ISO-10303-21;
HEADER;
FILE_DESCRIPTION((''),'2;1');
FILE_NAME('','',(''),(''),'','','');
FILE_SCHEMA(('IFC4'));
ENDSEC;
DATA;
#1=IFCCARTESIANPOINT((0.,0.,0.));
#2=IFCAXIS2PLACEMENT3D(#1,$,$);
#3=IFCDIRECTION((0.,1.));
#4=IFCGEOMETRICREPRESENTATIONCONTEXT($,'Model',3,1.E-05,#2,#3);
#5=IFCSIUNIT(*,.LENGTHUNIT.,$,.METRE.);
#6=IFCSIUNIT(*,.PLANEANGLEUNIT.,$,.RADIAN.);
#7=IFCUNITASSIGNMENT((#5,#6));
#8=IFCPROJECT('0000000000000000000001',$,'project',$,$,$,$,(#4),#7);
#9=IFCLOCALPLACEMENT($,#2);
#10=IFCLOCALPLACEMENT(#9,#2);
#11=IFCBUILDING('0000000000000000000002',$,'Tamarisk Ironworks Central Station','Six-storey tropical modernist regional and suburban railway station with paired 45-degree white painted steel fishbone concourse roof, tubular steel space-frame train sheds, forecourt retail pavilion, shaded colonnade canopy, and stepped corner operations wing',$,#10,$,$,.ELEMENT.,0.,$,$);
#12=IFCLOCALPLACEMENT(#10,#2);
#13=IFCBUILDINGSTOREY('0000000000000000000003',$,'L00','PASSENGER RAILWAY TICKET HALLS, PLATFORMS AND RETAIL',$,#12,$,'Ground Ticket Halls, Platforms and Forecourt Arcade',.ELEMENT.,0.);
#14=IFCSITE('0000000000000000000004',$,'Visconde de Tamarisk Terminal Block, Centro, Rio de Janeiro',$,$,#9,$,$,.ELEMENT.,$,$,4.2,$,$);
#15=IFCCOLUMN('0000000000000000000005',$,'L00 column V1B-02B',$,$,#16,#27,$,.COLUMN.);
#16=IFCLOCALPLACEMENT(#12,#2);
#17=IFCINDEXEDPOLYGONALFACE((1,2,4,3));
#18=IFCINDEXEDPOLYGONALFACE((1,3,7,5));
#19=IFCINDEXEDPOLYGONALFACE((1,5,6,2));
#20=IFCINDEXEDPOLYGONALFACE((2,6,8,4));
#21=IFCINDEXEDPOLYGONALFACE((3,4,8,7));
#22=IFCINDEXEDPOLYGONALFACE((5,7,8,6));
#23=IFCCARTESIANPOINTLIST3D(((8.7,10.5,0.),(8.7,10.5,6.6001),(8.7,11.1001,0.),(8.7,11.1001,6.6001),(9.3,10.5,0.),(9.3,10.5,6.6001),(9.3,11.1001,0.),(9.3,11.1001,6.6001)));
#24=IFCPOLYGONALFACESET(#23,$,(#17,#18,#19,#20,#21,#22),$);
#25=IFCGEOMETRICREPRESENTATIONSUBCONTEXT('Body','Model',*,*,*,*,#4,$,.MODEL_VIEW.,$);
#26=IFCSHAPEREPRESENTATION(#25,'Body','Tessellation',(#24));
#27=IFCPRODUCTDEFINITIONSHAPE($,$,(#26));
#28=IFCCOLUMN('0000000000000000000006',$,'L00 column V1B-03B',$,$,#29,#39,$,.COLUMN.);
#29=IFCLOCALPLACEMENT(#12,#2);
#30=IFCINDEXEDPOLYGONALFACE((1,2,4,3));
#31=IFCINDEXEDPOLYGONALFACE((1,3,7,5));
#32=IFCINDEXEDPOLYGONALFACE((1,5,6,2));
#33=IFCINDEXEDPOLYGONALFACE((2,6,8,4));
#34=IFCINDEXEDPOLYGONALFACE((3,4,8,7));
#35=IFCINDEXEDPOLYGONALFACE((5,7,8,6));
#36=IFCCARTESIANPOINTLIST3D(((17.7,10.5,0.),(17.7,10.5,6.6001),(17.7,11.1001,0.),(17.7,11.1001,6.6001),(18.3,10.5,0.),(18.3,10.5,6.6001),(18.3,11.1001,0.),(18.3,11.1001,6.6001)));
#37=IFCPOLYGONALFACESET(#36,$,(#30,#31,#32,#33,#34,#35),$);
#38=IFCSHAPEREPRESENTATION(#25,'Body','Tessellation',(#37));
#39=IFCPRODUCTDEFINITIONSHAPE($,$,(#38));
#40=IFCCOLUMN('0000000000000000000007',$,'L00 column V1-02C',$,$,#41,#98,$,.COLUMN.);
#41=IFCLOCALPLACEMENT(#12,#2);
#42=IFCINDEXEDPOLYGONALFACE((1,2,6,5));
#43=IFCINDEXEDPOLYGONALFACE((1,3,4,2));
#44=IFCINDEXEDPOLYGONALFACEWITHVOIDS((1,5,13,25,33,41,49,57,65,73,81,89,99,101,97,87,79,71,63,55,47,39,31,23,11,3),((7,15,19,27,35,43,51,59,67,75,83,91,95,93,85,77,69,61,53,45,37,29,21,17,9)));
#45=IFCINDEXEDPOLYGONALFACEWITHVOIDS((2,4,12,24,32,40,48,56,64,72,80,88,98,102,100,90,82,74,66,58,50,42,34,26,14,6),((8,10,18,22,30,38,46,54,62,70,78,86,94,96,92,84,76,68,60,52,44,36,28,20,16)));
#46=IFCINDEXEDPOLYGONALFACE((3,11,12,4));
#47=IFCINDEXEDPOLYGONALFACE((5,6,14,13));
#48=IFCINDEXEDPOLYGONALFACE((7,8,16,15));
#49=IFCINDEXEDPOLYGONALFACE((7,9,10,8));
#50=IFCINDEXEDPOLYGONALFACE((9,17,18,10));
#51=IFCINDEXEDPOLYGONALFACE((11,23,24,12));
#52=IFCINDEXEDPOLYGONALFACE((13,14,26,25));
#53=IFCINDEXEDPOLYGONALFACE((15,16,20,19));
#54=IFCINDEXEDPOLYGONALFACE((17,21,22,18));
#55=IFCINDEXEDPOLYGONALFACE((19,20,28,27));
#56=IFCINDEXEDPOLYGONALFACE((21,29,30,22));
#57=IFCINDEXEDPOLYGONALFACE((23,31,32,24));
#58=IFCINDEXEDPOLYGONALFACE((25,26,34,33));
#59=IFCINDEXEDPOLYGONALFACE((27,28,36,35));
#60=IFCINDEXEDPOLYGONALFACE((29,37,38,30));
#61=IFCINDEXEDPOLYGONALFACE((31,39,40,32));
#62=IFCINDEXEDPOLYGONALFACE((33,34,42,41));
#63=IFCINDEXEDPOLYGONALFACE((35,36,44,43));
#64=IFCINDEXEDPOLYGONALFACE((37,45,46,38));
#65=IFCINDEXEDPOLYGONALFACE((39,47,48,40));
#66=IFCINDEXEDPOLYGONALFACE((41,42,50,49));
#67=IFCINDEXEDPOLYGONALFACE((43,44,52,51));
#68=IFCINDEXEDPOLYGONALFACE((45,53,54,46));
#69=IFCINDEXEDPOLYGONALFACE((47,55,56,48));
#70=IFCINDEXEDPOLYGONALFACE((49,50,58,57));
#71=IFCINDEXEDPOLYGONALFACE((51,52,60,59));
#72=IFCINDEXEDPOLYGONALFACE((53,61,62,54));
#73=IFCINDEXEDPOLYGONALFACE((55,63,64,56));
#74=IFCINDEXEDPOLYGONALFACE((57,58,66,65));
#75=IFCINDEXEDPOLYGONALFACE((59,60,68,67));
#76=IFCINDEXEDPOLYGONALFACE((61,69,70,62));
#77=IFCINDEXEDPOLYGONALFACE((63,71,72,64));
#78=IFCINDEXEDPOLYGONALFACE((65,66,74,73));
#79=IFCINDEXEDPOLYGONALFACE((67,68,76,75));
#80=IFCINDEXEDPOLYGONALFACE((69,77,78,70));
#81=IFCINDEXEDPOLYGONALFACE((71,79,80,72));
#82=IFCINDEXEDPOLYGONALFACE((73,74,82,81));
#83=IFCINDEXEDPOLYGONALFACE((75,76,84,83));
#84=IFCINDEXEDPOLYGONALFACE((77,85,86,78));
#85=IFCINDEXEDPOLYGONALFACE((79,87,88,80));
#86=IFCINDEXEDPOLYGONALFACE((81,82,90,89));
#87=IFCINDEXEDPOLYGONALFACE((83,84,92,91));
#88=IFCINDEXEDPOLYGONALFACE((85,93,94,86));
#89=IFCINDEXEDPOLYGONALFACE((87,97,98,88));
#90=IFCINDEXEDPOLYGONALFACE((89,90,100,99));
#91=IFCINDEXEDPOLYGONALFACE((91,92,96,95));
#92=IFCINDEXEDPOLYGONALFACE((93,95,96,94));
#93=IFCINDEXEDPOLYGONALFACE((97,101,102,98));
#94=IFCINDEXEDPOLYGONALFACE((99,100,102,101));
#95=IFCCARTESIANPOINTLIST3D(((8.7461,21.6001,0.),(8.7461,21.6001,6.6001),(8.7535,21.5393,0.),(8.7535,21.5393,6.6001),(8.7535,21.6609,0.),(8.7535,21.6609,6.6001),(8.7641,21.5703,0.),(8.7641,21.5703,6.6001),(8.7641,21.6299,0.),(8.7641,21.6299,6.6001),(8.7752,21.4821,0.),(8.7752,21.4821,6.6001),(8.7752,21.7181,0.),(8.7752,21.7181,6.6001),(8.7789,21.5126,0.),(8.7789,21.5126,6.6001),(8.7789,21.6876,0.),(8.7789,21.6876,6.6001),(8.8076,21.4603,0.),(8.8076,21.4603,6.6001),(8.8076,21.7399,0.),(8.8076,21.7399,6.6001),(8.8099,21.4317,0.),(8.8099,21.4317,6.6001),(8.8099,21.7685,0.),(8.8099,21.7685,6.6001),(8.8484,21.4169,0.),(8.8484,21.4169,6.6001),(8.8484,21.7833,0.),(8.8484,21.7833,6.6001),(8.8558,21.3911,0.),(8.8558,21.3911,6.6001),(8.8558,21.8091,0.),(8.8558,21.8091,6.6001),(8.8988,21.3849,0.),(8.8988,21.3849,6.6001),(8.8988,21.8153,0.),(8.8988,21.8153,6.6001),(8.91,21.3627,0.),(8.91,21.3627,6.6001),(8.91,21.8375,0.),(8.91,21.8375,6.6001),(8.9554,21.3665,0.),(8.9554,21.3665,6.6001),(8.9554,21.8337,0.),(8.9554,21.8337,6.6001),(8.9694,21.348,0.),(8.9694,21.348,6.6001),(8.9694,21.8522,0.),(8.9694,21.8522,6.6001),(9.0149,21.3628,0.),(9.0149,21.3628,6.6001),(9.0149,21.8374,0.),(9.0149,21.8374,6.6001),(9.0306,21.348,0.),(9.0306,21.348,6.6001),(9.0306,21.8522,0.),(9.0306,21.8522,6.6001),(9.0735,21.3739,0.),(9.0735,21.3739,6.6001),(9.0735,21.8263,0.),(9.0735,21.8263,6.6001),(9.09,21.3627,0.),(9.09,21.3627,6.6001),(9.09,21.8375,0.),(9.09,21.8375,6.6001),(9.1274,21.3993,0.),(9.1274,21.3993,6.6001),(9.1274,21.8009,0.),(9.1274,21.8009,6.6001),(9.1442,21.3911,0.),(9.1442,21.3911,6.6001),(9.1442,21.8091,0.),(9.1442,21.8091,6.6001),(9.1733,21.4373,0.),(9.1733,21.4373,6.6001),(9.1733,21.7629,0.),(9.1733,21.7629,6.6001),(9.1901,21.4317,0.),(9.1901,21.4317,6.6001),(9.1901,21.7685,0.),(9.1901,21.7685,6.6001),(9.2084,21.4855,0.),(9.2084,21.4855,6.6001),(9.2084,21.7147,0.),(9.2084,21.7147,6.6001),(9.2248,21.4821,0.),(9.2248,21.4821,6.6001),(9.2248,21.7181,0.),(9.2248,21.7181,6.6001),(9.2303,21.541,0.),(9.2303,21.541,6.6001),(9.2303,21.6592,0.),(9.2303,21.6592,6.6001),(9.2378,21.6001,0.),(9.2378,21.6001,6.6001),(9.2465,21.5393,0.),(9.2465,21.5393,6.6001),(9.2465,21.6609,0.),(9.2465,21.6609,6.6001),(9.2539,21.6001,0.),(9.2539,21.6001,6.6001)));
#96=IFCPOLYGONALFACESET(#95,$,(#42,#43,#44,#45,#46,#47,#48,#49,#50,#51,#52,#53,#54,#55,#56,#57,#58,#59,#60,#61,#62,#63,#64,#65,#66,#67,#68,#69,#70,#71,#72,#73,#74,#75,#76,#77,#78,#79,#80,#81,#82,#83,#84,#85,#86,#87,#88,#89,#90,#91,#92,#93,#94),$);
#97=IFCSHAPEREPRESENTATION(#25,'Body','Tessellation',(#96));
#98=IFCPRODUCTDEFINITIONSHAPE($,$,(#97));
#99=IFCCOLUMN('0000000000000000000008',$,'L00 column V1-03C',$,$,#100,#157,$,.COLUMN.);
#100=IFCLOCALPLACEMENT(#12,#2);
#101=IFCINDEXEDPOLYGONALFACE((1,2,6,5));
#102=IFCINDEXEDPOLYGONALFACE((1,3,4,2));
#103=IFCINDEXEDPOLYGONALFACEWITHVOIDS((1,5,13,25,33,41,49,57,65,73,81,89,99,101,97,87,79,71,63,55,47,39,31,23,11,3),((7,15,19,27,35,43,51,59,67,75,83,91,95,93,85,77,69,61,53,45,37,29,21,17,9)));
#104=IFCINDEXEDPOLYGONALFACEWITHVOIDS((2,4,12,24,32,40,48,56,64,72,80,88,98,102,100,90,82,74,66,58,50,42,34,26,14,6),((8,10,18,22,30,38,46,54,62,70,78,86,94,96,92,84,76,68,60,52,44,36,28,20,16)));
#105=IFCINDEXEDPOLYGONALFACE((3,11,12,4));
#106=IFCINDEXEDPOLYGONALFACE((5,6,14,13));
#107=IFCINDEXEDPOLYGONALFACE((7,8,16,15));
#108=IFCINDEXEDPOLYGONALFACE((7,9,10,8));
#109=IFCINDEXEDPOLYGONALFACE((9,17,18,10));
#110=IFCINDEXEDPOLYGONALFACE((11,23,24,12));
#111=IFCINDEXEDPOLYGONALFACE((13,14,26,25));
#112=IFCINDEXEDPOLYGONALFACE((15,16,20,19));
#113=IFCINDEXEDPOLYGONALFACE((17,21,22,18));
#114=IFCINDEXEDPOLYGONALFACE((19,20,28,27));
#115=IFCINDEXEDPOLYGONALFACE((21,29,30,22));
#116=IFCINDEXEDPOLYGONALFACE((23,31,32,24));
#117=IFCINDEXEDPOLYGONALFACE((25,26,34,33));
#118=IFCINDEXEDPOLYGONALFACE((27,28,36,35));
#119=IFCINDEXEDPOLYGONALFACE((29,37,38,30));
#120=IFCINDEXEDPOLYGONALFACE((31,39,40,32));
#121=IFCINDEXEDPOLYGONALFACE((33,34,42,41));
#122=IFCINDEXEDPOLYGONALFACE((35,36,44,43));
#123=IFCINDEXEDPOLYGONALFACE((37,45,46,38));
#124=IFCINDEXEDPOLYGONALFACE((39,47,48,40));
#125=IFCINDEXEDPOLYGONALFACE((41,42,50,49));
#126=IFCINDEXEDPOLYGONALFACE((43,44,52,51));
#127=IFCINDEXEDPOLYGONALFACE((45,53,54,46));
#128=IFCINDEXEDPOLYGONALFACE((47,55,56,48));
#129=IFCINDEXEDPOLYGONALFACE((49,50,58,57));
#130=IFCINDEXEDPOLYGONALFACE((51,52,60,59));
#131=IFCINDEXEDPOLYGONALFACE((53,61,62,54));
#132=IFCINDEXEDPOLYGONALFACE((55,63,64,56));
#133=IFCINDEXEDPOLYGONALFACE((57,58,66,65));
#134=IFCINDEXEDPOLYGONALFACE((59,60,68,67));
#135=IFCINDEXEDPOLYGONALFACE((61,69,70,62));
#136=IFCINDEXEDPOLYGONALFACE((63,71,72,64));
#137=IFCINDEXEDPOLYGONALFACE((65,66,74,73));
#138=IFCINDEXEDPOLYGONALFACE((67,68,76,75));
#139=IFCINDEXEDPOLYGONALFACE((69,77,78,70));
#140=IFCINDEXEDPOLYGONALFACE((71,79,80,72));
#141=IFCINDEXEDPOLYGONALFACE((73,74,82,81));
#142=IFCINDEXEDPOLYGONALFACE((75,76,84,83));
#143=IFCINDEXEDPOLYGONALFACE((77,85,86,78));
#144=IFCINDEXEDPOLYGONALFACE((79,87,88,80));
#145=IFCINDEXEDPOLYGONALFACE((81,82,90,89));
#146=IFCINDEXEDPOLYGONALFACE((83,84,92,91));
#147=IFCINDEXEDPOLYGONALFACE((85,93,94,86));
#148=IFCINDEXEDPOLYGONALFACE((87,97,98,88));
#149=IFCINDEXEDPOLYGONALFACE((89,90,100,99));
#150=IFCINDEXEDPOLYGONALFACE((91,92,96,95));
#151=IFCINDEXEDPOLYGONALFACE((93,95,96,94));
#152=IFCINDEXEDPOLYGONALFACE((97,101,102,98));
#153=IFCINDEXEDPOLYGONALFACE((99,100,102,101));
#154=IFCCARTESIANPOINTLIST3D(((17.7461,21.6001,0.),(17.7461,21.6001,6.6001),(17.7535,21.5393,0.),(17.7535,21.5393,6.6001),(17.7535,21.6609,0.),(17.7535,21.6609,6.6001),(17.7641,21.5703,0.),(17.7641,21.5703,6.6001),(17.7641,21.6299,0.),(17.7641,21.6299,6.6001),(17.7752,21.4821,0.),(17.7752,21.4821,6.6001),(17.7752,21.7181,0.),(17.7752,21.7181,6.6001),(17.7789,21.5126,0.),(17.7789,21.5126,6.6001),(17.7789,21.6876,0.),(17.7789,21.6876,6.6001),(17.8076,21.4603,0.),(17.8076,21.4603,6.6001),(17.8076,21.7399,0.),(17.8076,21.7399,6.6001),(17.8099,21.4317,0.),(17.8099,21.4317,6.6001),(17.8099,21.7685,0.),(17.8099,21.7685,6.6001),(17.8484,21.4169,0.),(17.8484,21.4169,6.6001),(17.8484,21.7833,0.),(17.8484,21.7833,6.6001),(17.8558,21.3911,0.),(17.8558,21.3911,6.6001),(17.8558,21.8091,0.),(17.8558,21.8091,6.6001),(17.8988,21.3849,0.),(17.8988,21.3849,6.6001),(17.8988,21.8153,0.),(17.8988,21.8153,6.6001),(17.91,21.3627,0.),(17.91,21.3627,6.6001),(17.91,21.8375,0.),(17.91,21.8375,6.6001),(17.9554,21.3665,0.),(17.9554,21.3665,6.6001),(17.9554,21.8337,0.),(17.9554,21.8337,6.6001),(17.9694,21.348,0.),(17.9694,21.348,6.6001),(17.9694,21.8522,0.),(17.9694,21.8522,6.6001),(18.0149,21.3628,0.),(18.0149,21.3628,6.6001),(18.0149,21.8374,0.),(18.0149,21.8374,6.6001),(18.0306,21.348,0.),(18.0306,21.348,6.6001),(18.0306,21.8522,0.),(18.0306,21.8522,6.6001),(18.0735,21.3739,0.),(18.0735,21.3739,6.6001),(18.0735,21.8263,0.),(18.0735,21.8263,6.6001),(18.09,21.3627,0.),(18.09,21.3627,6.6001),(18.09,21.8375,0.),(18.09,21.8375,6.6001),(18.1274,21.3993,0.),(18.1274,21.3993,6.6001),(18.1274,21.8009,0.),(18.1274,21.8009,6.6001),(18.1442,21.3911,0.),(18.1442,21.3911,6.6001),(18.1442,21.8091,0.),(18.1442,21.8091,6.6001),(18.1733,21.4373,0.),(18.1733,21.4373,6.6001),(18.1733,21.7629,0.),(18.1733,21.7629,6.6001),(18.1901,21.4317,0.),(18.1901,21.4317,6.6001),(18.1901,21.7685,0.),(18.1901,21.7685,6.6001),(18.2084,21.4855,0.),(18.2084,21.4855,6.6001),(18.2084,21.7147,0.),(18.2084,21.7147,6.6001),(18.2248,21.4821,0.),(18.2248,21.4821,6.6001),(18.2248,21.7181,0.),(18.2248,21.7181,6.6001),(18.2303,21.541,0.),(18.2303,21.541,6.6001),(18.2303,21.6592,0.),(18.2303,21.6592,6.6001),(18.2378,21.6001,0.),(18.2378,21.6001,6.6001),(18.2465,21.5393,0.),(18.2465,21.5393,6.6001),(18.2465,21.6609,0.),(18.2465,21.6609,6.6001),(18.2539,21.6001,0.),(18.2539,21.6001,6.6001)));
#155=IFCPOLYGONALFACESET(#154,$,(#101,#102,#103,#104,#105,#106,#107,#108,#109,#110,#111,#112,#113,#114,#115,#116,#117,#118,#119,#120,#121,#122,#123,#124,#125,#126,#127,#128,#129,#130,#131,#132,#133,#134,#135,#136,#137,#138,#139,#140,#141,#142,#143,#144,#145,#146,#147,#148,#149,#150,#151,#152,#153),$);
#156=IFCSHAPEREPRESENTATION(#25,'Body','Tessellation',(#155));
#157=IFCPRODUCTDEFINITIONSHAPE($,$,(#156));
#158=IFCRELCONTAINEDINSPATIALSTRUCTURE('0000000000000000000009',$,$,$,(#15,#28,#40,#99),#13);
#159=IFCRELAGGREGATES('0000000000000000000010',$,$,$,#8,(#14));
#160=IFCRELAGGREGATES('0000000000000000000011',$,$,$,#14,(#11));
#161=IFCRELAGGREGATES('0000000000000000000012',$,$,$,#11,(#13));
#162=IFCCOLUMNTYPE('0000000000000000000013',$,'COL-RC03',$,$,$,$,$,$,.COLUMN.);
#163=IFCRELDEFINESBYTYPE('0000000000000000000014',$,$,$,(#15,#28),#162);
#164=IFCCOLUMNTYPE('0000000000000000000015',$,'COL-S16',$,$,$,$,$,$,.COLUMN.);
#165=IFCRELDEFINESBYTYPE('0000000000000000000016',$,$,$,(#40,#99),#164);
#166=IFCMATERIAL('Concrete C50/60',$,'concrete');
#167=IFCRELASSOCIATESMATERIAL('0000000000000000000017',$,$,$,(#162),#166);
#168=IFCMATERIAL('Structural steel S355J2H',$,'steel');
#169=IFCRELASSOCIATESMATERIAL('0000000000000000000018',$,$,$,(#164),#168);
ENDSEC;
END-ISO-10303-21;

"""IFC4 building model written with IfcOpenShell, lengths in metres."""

from ifc_helpers import new_model, si_unit, direction, frame, origin, origin_2d, place, context, subcontext, project, spatial, rectangle, hollow_circle, extrude, material, material_profile, profile_set, type_object, element, save


model = new_model("IFC4")

# Units and contexts
model_context = context("Model", 3, precision=1e-05, world=origin(), true_north=direction((0.0, 1.0)))
body_context = subcontext(model_context, "Body", "Model", "MODEL_VIEW")
ifc_project = project(units=[si_unit("LENGTHUNIT", "METRE"), si_unit("PLANEANGLEUNIT", "RADIAN")], contexts=[model_context])

# Site, building, storey
site_placement = place(None, origin())
site = spatial("IfcSite", under=ifc_project, at=site_placement, Name="Visconde de Tamarisk Terminal Block, Centro, Rio de Janeiro", CompositionType="ELEMENT", RefElevation=4.2)
building_placement = place(site_placement, origin())
building = spatial("IfcBuilding", under=site, at=building_placement, Name="Tamarisk Ironworks Central Station", Description="Six-storey tropical modernist regional and suburban railway station with paired 45-degree white painted steel fishbone concourse roof, tubular steel space-frame train sheds, forecourt retail pavilion, shaded colonnade canopy, and stepped corner operations wing", CompositionType="ELEMENT", ElevationOfRefHeight=0.0)
storey_placement = place(building_placement, origin())
storey = spatial("IfcBuildingStorey", under=building, at=storey_placement, Name="L00", Description="PASSENGER RAILWAY TICKET HALLS, PLATFORMS AND RETAIL", LongName="Ground Ticket Halls, Platforms and Forecourt Arcade", CompositionType="ELEMENT", Elevation=0.0)

# Columns
ifc_material_1 = material(Name="Concrete C50/60", Category="concrete")
ifc_material_profile_1 = material_profile(ifc_material_1, rectangle(XDim=0.6001, YDim=0.6001, at=origin_2d()), Name="RC 600x600")
ifc_profile_set_1 = profile_set([ifc_material_profile_1], Name="Concrete C50/60")
column_type_1 = type_object("IfcColumnType", Name="COL-RC03", PredefinedType="COLUMN", material=ifc_profile_set_1)
for number, where, z_axis, x_axis, name in (
    (1, (9.0, 10.8, 0.0), (0.0, 0.0, 1.0), (1.0, 0.0, 0.0), "L00 column V1B-02B"),
    (2, (18.0, 10.8, 0.0), (0.0, 0.0, 1.0), (1.0, 0.0, 0.0), "L00 column V1B-03B"),
):
    element("IfcColumn", number, at=place(storey_placement, frame(where, z_axis=z_axis, x_axis=x_axis)), inside=storey, type_object=column_type_1, Name=name, PredefinedType="COLUMN", context=body_context, shape_type="SweptSolid", body=[
        extrude(rectangle(XDim=0.6001, YDim=0.6001, at=origin_2d()), origin(), (0.0, 0.0, 1.0), 6.6001),
    ])
ifc_material_2 = material(Name="Structural steel S355J2H", Category="steel")
ifc_material_profile_2 = material_profile(ifc_material_2, hollow_circle(Radius=0.2539, WallThickness=0.0161, at=origin_2d()), Name="CHS 508x16")
ifc_profile_set_2 = profile_set([ifc_material_profile_2], Name="Structural steel S355J2H")
column_type_2 = type_object("IfcColumnType", Name="COL-S16", PredefinedType="COLUMN", material=ifc_profile_set_2)
for number, where, z_axis, x_axis, name in (
    (3, (9.0, 21.6001, 0.0), (0.0, 0.0, 1.0), (1.0, 0.0, 0.0), "L00 column V1-02C"),
    (4, (18.0, 21.6001, 0.0), (0.0, 0.0, 1.0), (1.0, 0.0, 0.0), "L00 column V1-03C"),
):
    element("IfcColumn", number, at=place(storey_placement, frame(where, z_axis=z_axis, x_axis=x_axis)), inside=storey, type_object=column_type_2, Name=name, PredefinedType="COLUMN", context=body_context, shape_type="SweptSolid", body=[
        extrude(hollow_circle(Radius=0.2539, WallThickness=0.0161, at=origin_2d()), origin(), (0.0, 0.0, 1.0), 6.6001),
    ])

save(model, "model.ifc")
